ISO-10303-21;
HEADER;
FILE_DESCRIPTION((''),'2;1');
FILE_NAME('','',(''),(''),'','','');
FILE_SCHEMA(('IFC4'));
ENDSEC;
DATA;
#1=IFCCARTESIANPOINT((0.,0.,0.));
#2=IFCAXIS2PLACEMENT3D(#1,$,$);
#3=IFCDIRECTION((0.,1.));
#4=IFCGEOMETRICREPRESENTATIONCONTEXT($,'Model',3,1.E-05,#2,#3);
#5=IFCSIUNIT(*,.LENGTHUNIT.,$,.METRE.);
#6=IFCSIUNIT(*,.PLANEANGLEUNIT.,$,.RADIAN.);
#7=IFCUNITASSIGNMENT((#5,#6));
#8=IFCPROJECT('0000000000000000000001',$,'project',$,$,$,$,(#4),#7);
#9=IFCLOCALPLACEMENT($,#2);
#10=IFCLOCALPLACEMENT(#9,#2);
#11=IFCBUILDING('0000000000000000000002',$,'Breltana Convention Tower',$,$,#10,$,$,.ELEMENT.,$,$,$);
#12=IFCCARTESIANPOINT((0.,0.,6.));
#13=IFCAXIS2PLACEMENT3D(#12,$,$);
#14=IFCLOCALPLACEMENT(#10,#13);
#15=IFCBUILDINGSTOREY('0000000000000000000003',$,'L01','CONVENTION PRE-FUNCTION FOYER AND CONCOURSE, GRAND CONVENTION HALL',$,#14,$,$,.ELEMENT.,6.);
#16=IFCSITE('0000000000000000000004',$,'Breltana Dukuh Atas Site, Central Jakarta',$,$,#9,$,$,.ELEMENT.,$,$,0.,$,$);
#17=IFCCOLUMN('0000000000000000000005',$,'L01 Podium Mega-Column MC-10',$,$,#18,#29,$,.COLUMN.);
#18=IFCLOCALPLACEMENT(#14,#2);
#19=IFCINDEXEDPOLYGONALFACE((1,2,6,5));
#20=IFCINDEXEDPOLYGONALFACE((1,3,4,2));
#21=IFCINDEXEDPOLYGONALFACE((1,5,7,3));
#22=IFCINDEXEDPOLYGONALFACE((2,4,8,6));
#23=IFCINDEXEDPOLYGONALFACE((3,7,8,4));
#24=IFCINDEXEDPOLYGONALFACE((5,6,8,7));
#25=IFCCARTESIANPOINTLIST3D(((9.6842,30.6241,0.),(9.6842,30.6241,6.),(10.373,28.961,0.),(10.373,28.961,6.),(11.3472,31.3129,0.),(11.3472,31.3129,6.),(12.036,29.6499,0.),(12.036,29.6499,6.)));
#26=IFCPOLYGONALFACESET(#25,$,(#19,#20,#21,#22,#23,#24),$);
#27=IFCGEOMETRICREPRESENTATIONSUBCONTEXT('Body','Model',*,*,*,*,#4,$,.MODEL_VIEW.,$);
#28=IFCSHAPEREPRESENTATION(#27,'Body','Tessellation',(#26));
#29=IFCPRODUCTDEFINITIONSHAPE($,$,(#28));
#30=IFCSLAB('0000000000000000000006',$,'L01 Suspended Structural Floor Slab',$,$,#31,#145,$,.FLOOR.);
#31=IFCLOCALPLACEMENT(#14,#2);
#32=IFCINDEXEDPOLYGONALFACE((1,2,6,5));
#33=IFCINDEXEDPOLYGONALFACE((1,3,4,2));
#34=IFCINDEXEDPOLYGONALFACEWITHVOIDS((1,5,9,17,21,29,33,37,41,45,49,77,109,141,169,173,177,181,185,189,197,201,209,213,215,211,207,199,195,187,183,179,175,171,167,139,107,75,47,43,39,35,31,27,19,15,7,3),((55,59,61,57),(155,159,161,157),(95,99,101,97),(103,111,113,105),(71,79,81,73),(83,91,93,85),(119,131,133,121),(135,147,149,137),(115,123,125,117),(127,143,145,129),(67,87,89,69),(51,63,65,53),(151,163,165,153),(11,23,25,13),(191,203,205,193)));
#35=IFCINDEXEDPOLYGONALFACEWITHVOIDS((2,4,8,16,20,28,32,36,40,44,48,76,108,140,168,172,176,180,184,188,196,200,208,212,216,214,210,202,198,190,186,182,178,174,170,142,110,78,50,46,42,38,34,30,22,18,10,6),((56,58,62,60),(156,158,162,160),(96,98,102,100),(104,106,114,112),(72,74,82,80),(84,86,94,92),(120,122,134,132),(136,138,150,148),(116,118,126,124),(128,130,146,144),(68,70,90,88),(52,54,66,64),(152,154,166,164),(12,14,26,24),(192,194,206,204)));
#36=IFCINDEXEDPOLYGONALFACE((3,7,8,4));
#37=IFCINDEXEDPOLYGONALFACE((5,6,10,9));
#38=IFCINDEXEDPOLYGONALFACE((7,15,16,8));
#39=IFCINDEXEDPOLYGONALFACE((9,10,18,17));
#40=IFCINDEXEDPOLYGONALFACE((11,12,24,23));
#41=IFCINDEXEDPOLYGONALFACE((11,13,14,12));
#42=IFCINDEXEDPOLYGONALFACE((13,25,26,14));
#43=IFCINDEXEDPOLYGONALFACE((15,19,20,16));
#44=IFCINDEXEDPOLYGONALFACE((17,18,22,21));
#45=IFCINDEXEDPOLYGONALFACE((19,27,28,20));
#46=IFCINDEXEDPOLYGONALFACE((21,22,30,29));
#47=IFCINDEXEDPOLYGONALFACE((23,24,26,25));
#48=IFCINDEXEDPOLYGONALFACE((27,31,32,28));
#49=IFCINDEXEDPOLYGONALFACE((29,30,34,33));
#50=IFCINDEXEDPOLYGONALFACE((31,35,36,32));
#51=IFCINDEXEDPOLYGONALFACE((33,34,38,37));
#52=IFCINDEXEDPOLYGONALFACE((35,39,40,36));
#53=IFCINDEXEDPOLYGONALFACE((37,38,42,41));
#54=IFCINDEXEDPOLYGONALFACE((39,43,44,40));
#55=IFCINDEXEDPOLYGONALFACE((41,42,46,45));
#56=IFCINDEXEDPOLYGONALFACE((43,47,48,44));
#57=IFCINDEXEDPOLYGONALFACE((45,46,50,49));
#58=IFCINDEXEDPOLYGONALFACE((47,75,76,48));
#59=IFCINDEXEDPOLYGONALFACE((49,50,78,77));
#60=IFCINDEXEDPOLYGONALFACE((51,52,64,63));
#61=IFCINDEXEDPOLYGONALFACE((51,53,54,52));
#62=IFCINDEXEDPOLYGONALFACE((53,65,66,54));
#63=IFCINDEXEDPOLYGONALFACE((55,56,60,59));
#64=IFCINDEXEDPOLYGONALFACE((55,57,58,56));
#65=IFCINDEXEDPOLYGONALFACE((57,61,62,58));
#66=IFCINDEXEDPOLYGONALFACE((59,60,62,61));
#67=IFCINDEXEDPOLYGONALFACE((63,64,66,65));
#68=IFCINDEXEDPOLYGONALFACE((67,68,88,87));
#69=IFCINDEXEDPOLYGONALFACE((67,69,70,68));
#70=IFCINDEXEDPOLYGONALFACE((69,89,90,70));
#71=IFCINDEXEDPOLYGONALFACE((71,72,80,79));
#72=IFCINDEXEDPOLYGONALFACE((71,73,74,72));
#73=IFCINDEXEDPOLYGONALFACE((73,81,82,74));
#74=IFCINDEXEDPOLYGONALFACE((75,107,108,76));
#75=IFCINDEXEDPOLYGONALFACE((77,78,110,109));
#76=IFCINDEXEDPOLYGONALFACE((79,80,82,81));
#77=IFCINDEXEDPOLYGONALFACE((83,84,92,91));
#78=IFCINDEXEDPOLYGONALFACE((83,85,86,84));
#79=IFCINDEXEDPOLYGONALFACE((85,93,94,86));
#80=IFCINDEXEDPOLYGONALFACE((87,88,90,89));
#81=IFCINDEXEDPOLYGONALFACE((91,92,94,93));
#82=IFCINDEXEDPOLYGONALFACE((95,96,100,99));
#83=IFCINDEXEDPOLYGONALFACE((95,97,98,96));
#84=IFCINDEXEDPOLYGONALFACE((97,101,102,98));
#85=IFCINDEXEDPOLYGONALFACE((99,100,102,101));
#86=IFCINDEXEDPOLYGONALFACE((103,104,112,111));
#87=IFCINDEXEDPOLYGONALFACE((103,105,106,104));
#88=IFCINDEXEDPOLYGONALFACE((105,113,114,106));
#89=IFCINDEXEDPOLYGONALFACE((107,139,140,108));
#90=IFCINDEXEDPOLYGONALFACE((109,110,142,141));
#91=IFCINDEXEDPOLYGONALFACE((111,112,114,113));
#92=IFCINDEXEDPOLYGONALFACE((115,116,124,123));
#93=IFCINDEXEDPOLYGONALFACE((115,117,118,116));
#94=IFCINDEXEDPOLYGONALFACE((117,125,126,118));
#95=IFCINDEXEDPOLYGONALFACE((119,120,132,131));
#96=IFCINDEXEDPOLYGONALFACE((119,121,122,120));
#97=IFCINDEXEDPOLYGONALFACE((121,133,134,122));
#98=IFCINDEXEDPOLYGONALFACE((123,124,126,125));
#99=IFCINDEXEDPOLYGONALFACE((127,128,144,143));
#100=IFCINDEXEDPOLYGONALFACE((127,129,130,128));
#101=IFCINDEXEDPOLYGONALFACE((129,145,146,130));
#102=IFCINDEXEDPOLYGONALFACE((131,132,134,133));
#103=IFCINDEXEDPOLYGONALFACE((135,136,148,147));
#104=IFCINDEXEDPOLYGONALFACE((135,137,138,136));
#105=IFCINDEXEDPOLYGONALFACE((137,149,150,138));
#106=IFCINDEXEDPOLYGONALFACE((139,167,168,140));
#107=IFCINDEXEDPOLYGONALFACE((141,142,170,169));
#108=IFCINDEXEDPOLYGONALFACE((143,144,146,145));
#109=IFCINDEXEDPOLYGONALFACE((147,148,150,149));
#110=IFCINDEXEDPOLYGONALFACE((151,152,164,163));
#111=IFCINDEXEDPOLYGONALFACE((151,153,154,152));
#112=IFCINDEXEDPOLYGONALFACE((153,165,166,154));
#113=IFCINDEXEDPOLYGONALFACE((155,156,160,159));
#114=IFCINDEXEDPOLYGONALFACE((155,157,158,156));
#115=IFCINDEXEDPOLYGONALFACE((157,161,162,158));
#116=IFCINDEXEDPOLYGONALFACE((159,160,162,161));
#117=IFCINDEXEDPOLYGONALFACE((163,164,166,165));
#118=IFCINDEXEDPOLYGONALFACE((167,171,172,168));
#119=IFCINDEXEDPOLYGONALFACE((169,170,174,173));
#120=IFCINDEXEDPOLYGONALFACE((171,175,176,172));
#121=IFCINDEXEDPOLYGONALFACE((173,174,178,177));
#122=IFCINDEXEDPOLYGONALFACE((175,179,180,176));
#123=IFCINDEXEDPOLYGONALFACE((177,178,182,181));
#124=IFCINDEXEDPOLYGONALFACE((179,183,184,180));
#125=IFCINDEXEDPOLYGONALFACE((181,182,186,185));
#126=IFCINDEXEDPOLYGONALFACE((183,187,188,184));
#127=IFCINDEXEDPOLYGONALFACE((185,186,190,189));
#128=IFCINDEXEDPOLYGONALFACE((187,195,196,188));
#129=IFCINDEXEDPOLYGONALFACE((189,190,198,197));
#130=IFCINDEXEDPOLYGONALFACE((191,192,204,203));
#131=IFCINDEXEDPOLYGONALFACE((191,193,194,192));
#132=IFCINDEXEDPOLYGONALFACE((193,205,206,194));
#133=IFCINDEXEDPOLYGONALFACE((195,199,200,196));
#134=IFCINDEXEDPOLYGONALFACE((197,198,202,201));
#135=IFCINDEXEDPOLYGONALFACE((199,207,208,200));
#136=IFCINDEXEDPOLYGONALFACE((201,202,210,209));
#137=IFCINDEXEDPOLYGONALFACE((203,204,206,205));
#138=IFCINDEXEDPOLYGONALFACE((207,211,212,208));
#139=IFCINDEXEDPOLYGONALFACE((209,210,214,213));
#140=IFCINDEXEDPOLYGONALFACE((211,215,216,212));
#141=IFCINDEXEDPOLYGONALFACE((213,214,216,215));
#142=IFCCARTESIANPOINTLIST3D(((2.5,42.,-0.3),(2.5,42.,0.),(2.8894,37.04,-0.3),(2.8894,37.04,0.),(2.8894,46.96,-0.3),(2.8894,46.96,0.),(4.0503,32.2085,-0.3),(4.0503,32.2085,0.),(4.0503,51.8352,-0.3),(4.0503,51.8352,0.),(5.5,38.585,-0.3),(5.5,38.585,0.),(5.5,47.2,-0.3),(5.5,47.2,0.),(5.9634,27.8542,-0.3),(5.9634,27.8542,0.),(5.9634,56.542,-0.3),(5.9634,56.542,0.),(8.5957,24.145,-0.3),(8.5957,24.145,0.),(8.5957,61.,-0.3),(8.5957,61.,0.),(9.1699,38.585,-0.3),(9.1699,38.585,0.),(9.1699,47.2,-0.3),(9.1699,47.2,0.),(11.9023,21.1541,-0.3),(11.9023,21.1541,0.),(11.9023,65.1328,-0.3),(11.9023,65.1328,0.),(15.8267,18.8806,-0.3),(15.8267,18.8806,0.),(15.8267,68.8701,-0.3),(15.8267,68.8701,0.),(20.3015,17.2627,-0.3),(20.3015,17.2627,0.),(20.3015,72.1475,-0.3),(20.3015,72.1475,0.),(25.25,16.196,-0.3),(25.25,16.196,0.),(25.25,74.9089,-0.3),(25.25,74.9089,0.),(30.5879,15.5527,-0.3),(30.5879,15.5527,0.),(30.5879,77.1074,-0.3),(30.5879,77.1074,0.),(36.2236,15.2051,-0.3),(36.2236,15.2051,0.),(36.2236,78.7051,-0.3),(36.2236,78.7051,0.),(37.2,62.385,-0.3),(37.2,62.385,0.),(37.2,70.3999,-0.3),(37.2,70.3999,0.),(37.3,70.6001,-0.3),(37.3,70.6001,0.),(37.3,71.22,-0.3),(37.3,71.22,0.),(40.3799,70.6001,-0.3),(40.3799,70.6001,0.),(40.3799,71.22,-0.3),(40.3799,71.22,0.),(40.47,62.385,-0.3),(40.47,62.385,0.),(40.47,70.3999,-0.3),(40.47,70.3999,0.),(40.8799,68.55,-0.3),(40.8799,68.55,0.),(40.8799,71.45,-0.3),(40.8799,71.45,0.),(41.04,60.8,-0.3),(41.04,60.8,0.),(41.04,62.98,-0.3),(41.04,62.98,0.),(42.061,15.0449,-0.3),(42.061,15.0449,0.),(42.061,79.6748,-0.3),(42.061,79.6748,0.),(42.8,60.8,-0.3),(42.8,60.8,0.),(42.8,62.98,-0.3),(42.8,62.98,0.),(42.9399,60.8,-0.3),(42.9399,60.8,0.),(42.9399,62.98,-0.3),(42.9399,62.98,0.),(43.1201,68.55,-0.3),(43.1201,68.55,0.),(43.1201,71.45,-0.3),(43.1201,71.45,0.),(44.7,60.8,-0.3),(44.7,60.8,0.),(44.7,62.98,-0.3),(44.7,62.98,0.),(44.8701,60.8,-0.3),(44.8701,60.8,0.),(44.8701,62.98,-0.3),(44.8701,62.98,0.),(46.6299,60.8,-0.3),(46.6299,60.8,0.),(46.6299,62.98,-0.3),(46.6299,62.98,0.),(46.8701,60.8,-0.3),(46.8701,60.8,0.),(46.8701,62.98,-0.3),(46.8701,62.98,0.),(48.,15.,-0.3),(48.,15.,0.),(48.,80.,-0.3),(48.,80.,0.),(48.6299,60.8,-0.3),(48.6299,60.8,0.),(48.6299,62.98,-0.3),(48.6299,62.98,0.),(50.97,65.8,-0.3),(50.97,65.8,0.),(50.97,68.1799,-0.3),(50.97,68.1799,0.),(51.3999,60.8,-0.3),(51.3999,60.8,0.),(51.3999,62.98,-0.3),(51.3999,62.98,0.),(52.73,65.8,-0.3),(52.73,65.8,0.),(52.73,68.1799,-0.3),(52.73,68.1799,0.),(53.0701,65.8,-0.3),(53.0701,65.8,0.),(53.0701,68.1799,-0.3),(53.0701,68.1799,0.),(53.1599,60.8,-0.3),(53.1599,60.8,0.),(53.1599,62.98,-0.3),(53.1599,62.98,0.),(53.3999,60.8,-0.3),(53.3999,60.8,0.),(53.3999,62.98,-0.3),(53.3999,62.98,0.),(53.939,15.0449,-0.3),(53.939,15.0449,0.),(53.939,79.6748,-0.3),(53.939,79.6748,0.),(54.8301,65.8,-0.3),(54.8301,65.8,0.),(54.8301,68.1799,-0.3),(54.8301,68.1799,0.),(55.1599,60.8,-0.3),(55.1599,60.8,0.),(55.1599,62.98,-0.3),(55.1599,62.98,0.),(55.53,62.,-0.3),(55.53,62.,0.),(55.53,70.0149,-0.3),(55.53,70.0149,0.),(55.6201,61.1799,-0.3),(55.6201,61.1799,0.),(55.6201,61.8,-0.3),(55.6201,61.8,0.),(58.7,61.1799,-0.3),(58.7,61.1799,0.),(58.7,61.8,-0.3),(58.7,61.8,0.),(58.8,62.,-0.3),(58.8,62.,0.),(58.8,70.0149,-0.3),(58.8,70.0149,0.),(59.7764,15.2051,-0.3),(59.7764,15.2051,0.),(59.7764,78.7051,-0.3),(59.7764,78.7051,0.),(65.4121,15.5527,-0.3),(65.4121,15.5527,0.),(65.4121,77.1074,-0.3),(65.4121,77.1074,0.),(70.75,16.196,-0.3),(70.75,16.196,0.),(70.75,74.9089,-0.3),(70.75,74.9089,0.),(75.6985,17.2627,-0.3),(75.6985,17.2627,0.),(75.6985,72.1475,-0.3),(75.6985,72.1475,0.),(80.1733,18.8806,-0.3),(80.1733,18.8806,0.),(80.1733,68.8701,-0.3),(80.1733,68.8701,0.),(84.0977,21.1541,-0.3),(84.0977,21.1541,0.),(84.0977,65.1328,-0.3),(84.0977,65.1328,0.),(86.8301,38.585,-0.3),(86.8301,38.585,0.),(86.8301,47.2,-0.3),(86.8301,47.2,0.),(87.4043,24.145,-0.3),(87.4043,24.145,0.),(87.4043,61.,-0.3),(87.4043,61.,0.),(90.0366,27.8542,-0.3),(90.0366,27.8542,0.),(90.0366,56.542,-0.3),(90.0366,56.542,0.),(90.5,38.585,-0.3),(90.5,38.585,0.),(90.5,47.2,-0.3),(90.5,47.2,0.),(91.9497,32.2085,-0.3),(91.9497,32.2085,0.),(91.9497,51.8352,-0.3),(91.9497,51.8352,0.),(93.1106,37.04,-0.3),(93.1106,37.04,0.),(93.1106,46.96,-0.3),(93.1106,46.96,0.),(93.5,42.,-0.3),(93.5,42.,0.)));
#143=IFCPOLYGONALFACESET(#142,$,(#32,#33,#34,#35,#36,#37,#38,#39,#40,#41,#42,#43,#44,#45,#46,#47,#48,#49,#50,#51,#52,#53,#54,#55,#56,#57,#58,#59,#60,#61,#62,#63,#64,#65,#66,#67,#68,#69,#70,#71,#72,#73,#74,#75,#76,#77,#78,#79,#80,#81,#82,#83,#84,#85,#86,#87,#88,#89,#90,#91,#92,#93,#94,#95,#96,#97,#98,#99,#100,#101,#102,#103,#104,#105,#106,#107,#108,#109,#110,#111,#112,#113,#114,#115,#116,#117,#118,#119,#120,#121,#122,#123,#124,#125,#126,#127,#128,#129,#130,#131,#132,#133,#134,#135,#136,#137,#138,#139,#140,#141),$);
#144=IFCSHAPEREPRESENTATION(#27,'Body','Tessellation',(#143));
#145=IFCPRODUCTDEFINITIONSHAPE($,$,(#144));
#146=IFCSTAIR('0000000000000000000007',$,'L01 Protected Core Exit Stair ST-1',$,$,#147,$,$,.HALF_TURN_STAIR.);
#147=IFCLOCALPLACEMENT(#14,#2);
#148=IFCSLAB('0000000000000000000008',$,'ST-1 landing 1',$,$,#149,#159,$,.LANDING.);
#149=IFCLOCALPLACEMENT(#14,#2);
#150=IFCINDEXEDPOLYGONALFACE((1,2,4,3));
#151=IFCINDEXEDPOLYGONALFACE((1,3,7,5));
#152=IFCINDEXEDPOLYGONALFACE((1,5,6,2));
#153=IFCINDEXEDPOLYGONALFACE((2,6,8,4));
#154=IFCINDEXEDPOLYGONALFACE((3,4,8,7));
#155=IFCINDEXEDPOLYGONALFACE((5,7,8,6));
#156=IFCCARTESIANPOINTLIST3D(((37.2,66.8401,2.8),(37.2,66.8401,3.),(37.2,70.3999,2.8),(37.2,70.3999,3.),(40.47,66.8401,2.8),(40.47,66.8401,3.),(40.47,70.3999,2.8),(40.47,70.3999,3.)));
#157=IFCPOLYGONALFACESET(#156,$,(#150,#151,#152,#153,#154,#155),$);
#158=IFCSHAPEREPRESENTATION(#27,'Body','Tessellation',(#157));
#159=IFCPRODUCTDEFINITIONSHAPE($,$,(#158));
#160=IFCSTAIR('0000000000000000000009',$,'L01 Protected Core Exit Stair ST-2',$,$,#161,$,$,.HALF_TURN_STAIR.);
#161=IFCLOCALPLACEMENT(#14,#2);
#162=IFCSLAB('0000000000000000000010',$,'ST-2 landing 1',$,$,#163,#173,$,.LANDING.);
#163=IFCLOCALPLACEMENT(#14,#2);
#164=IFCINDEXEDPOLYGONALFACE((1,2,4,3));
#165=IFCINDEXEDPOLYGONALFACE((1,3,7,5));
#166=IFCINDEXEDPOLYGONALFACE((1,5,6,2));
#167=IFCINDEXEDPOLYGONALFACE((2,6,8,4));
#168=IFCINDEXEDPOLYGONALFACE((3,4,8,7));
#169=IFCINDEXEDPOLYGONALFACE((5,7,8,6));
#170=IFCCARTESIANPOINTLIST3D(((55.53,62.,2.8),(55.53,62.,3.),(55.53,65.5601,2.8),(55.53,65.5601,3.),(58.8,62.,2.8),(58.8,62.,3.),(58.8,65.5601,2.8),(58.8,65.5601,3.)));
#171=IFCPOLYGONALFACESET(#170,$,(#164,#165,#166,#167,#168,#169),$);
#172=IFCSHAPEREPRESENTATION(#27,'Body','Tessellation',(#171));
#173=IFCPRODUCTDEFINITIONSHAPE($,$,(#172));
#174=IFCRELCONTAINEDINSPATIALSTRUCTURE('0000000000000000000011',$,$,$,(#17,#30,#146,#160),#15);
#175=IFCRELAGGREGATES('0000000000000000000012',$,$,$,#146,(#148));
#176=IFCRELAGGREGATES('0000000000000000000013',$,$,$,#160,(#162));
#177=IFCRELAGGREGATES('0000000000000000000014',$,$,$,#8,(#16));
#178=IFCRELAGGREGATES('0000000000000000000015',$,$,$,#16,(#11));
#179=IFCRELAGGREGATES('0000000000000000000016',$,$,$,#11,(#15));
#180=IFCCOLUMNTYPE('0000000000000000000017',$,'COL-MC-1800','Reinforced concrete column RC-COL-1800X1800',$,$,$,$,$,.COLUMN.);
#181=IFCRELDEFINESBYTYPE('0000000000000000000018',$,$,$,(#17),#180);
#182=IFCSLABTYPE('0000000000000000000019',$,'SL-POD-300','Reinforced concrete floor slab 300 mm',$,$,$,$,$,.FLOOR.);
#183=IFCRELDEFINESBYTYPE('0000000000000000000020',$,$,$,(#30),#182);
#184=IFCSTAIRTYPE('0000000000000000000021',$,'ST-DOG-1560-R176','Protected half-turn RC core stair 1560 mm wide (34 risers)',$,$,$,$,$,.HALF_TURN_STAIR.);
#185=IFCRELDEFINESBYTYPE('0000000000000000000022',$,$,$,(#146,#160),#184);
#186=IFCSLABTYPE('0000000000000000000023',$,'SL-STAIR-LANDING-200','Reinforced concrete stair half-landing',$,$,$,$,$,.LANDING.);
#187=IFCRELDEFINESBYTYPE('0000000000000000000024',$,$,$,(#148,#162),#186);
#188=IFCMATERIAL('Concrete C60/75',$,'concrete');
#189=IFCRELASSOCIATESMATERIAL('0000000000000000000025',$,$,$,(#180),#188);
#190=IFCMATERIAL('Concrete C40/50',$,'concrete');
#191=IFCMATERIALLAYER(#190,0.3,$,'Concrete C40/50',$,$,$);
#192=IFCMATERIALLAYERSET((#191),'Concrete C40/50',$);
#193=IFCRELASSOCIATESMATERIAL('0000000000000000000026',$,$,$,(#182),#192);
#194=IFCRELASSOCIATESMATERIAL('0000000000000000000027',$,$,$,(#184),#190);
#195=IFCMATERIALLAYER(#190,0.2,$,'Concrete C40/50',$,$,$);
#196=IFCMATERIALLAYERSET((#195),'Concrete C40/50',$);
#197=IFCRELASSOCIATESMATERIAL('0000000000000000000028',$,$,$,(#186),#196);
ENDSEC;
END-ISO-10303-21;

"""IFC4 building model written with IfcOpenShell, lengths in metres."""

from ifc_helpers import new_model, si_unit, direction, frame, origin, origin_2d, place, context, subcontext, project, spatial, polyline, rectangle, outline, extrude, source, transform, mapped, material, layer, layer_set, material_profile, profile_set, type_object, type_shapes, element, aggregate, save


model = new_model("IFC4")

# Units and contexts
model_context = context("Model", 3, precision=1e-05, world=origin(), true_north=direction((0.0, 1.0)))
body_context = subcontext(model_context, "Body", "Model", "MODEL_VIEW")
ifc_project = project(units=[si_unit("LENGTHUNIT", "METRE"), si_unit("PLANEANGLEUNIT", "RADIAN")], contexts=[model_context])

# Site, building, storey
site_placement = place(None, origin())
site = spatial("IfcSite", under=ifc_project, at=site_placement, Name="Breltana Dukuh Atas Site, Central Jakarta", CompositionType="ELEMENT", RefElevation=0.0)
building_placement = place(site_placement, origin())
building = spatial("IfcBuilding", under=site, at=building_placement, Name="Breltana Convention Tower", CompositionType="ELEMENT")
storey_placement = place(building_placement, frame((0.0, 0.0, 6.0)))
storey = spatial("IfcBuildingStorey", under=building, at=storey_placement, Name="L01", Description="CONVENTION PRE-FUNCTION FOYER AND CONCOURSE, GRAND CONVENTION HALL", CompositionType="ELEMENT", Elevation=6.0)

# Column
ifc_material_1 = material(Name="Concrete C60/75", Category="concrete")
ifc_material_profile = material_profile(ifc_material_1, rectangle(XDim=1.8, YDim=1.8, at=origin_2d()), Name="RC-COL-1800X1800")
ifc_profile_set = profile_set([ifc_material_profile], Name="Concrete C60/75")
column_type = type_object("IfcColumnType", Name="COL-MC-1800", Description="Reinforced concrete column RC-COL-1800X1800", PredefinedType="COLUMN", material=ifc_profile_set)
shared_shape_1 = source(origin(), body_context, "Body", "SweptSolid", [
    extrude(rectangle(XDim=1.8, YDim=1.8, at=origin_2d()), origin(), (0.0, 0.0, 1.0), 6.0),
])
type_shapes(column_type, [shared_shape_1])
column_placement = place(storey_placement, frame((10.8601, 30.137, 0.0), z_axis=(0.0, 0.0, 1.0), x_axis=(-0.92388, -0.382683, 0.0)))
element("IfcColumn", 1, at=column_placement, inside=storey, type_object=column_type, Name="L01 Podium Mega-Column MC-10", PredefinedType="COLUMN", context=body_context, shape_type="MappedRepresentation", body=[
    mapped(shared_shape_1, transform((0.0, 0.0, 0.0), scale=1.0)),
])

# Slab
ifc_material_2 = material(Name="Concrete C40/50", Category="concrete")
ifc_layer_1 = layer(ifc_material_2, 0.3, Name="Concrete C40/50")
ifc_layer_set_1 = layer_set([ifc_layer_1], Name="Concrete C40/50")
slab_type_1 = type_object("IfcSlabType", Name="SL-POD-300", Description="Reinforced concrete floor slab 300 mm", PredefinedType="FLOOR", material=ifc_layer_set_1)
slab_1_placement = place(storey_placement, frame((0.0, 0.0, -0.3)))
element("IfcSlab", 2, at=slab_1_placement, inside=storey, type_object=slab_type_1, Name="L01 Suspended Structural Floor Slab", PredefinedType="FLOOR", context=body_context, shape_type="SweptSolid", body=[
    extrude(outline(polyline([(93.5, 42.0), (93.1106, 46.96), (91.9497, 51.8352), (90.0366, 56.542), (87.4043, 61.0), (84.0977, 65.1328), (80.1733, 68.8701), (75.6985, 72.1475), (70.75, 74.9089), (65.4121, 77.1074), (59.7764, 78.7051), (53.939, 79.6748), (48.0, 80.0), (42.061, 79.6748), (36.2236, 78.7051), (30.5879, 77.1074), (25.25, 74.9089), (20.3015, 72.1475), (15.8267, 68.8701), (11.9023, 65.1328), (8.5957, 61.0), (5.9634, 56.542), (4.0503, 51.8352), (2.8894, 46.96), (2.5, 42.0), (2.8894, 37.04), (4.0503, 32.2085), (5.9634, 27.8542), (8.5957, 24.145), (11.9023, 21.1541), (15.8267, 18.8806), (20.3015, 17.2627), (25.25, 16.196), (30.5879, 15.5527), (36.2236, 15.2051), (42.061, 15.0449), (48.0, 15.0), (53.939, 15.0449), (59.7764, 15.2051), (65.4121, 15.5527), (70.75, 16.196), (75.6985, 17.2627), (80.1733, 18.8806), (84.0977, 21.1541), (87.4043, 24.145), (90.0366, 27.8542), (91.9497, 32.2085), (93.1106, 37.04), (93.5, 42.0)]), holes=[polyline([(37.2, 62.385), (40.47, 62.385), (40.47, 70.3999), (37.2, 70.3999), (37.2, 62.385)]), polyline([(55.53, 62.0), (58.8, 62.0), (58.8, 70.0149), (55.53, 70.0149), (55.53, 62.0)]), polyline([(5.5, 38.585), (9.1699, 38.585), (9.1699, 47.2), (5.5, 47.2), (5.5, 38.585)]), polyline([(86.8301, 38.585), (90.5, 38.585), (90.5, 47.2), (86.8301, 47.2), (86.8301, 38.585)]), polyline([(41.04, 60.8), (42.8, 60.8), (42.8, 62.98), (41.04, 62.98), (41.04, 60.8)]), polyline([(42.9399, 60.8), (44.7, 60.8), (44.7, 62.98), (42.9399, 62.98), (42.9399, 60.8)]), polyline([(44.8701, 60.8), (46.6299, 60.8), (46.6299, 62.98), (44.8701, 62.98), (44.8701, 60.8)]), polyline([(46.8701, 60.8), (48.6299, 60.8), (48.6299, 62.98), (46.8701, 62.98), (46.8701, 60.8)]), polyline([(51.3999, 60.8), (53.1599, 60.8), (53.1599, 62.98), (51.3999, 62.98), (51.3999, 60.8)]), polyline([(53.3999, 60.8), (55.1599, 60.8), (55.1599, 62.98), (53.3999, 62.98), (53.3999, 60.8)]), polyline([(50.97, 65.8), (52.73, 65.8), (52.73, 68.1799), (50.97, 68.1799), (50.97, 65.8)]), polyline([(53.0701, 65.8), (54.8301, 65.8), (54.8301, 68.1799), (53.0701, 68.1799), (53.0701, 65.8)]), polyline([(40.8799, 68.55), (43.1201, 68.55), (43.1201, 71.45), (40.8799, 71.45), (40.8799, 68.55)]), polyline([(37.3, 70.6001), (40.3799, 70.6001), (40.3799, 71.22), (37.3, 71.22), (37.3, 70.6001)]), polyline([(55.6201, 61.1799), (58.7, 61.1799), (58.7, 61.8), (55.6201, 61.8), (55.6201, 61.1799)])]), origin(), (0.0, 0.0, 1.0), 0.3),
])

# Stairs, slabs
stair_type_1 = type_object("IfcStairType", Name="ST-DOG-1560-R176", Description="Protected half-turn RC core stair 1560 mm wide (34 risers)", PredefinedType="HALF_TURN_STAIR", material=ifc_material_2)
stair_1_placement = place(storey_placement, origin())
stair_1 = element("IfcStair", 3, at=stair_1_placement, inside=storey, type_object=stair_type_1, Name="L01 Protected Core Exit Stair ST-1", PredefinedType="HALF_TURN_STAIR")
ifc_layer_2 = layer(ifc_material_2, 0.2, Name="Concrete C40/50")
ifc_layer_set_2 = layer_set([ifc_layer_2], Name="Concrete C40/50")
slab_type_2 = type_object("IfcSlabType", Name="SL-STAIR-LANDING-200", Description="Reinforced concrete stair half-landing", PredefinedType="LANDING", material=ifc_layer_set_2)
slab_2_placement = place(storey_placement, frame((0.0, 0.0, 2.8)))
slab_2 = element("IfcSlab", 4, at=slab_2_placement, type_object=slab_type_2, Name="ST-1 landing 1", PredefinedType="LANDING", context=body_context, shape_type="SweptSolid", body=[
    extrude(outline(polyline([(40.47, 66.8401), (40.47, 70.3999), (37.2, 70.3999), (37.2, 66.8401), (40.47, 66.8401)])), origin(), (0.0, 0.0, 1.0), 0.2),
])
aggregate(stair_1, [slab_2])
stair_2_placement = place(storey_placement, origin())
stair_2 = element("IfcStair", 5, at=stair_2_placement, inside=storey, type_object=stair_type_1, Name="L01 Protected Core Exit Stair ST-2", PredefinedType="HALF_TURN_STAIR")
slab_3_placement = place(storey_placement, frame((0.0, 0.0, 2.8)))
slab_3 = element("IfcSlab", 6, at=slab_3_placement, type_object=slab_type_2, Name="ST-2 landing 1", PredefinedType="LANDING", context=body_context, shape_type="SweptSolid", body=[
    extrude(outline(polyline([(55.53, 65.5601), (55.53, 62.0), (58.8, 62.0), (58.8, 65.5601), (55.53, 65.5601)])), origin(), (0.0, 0.0, 1.0), 0.2),
])
aggregate(stair_2, [slab_3])

save(model, "model.ifc")
